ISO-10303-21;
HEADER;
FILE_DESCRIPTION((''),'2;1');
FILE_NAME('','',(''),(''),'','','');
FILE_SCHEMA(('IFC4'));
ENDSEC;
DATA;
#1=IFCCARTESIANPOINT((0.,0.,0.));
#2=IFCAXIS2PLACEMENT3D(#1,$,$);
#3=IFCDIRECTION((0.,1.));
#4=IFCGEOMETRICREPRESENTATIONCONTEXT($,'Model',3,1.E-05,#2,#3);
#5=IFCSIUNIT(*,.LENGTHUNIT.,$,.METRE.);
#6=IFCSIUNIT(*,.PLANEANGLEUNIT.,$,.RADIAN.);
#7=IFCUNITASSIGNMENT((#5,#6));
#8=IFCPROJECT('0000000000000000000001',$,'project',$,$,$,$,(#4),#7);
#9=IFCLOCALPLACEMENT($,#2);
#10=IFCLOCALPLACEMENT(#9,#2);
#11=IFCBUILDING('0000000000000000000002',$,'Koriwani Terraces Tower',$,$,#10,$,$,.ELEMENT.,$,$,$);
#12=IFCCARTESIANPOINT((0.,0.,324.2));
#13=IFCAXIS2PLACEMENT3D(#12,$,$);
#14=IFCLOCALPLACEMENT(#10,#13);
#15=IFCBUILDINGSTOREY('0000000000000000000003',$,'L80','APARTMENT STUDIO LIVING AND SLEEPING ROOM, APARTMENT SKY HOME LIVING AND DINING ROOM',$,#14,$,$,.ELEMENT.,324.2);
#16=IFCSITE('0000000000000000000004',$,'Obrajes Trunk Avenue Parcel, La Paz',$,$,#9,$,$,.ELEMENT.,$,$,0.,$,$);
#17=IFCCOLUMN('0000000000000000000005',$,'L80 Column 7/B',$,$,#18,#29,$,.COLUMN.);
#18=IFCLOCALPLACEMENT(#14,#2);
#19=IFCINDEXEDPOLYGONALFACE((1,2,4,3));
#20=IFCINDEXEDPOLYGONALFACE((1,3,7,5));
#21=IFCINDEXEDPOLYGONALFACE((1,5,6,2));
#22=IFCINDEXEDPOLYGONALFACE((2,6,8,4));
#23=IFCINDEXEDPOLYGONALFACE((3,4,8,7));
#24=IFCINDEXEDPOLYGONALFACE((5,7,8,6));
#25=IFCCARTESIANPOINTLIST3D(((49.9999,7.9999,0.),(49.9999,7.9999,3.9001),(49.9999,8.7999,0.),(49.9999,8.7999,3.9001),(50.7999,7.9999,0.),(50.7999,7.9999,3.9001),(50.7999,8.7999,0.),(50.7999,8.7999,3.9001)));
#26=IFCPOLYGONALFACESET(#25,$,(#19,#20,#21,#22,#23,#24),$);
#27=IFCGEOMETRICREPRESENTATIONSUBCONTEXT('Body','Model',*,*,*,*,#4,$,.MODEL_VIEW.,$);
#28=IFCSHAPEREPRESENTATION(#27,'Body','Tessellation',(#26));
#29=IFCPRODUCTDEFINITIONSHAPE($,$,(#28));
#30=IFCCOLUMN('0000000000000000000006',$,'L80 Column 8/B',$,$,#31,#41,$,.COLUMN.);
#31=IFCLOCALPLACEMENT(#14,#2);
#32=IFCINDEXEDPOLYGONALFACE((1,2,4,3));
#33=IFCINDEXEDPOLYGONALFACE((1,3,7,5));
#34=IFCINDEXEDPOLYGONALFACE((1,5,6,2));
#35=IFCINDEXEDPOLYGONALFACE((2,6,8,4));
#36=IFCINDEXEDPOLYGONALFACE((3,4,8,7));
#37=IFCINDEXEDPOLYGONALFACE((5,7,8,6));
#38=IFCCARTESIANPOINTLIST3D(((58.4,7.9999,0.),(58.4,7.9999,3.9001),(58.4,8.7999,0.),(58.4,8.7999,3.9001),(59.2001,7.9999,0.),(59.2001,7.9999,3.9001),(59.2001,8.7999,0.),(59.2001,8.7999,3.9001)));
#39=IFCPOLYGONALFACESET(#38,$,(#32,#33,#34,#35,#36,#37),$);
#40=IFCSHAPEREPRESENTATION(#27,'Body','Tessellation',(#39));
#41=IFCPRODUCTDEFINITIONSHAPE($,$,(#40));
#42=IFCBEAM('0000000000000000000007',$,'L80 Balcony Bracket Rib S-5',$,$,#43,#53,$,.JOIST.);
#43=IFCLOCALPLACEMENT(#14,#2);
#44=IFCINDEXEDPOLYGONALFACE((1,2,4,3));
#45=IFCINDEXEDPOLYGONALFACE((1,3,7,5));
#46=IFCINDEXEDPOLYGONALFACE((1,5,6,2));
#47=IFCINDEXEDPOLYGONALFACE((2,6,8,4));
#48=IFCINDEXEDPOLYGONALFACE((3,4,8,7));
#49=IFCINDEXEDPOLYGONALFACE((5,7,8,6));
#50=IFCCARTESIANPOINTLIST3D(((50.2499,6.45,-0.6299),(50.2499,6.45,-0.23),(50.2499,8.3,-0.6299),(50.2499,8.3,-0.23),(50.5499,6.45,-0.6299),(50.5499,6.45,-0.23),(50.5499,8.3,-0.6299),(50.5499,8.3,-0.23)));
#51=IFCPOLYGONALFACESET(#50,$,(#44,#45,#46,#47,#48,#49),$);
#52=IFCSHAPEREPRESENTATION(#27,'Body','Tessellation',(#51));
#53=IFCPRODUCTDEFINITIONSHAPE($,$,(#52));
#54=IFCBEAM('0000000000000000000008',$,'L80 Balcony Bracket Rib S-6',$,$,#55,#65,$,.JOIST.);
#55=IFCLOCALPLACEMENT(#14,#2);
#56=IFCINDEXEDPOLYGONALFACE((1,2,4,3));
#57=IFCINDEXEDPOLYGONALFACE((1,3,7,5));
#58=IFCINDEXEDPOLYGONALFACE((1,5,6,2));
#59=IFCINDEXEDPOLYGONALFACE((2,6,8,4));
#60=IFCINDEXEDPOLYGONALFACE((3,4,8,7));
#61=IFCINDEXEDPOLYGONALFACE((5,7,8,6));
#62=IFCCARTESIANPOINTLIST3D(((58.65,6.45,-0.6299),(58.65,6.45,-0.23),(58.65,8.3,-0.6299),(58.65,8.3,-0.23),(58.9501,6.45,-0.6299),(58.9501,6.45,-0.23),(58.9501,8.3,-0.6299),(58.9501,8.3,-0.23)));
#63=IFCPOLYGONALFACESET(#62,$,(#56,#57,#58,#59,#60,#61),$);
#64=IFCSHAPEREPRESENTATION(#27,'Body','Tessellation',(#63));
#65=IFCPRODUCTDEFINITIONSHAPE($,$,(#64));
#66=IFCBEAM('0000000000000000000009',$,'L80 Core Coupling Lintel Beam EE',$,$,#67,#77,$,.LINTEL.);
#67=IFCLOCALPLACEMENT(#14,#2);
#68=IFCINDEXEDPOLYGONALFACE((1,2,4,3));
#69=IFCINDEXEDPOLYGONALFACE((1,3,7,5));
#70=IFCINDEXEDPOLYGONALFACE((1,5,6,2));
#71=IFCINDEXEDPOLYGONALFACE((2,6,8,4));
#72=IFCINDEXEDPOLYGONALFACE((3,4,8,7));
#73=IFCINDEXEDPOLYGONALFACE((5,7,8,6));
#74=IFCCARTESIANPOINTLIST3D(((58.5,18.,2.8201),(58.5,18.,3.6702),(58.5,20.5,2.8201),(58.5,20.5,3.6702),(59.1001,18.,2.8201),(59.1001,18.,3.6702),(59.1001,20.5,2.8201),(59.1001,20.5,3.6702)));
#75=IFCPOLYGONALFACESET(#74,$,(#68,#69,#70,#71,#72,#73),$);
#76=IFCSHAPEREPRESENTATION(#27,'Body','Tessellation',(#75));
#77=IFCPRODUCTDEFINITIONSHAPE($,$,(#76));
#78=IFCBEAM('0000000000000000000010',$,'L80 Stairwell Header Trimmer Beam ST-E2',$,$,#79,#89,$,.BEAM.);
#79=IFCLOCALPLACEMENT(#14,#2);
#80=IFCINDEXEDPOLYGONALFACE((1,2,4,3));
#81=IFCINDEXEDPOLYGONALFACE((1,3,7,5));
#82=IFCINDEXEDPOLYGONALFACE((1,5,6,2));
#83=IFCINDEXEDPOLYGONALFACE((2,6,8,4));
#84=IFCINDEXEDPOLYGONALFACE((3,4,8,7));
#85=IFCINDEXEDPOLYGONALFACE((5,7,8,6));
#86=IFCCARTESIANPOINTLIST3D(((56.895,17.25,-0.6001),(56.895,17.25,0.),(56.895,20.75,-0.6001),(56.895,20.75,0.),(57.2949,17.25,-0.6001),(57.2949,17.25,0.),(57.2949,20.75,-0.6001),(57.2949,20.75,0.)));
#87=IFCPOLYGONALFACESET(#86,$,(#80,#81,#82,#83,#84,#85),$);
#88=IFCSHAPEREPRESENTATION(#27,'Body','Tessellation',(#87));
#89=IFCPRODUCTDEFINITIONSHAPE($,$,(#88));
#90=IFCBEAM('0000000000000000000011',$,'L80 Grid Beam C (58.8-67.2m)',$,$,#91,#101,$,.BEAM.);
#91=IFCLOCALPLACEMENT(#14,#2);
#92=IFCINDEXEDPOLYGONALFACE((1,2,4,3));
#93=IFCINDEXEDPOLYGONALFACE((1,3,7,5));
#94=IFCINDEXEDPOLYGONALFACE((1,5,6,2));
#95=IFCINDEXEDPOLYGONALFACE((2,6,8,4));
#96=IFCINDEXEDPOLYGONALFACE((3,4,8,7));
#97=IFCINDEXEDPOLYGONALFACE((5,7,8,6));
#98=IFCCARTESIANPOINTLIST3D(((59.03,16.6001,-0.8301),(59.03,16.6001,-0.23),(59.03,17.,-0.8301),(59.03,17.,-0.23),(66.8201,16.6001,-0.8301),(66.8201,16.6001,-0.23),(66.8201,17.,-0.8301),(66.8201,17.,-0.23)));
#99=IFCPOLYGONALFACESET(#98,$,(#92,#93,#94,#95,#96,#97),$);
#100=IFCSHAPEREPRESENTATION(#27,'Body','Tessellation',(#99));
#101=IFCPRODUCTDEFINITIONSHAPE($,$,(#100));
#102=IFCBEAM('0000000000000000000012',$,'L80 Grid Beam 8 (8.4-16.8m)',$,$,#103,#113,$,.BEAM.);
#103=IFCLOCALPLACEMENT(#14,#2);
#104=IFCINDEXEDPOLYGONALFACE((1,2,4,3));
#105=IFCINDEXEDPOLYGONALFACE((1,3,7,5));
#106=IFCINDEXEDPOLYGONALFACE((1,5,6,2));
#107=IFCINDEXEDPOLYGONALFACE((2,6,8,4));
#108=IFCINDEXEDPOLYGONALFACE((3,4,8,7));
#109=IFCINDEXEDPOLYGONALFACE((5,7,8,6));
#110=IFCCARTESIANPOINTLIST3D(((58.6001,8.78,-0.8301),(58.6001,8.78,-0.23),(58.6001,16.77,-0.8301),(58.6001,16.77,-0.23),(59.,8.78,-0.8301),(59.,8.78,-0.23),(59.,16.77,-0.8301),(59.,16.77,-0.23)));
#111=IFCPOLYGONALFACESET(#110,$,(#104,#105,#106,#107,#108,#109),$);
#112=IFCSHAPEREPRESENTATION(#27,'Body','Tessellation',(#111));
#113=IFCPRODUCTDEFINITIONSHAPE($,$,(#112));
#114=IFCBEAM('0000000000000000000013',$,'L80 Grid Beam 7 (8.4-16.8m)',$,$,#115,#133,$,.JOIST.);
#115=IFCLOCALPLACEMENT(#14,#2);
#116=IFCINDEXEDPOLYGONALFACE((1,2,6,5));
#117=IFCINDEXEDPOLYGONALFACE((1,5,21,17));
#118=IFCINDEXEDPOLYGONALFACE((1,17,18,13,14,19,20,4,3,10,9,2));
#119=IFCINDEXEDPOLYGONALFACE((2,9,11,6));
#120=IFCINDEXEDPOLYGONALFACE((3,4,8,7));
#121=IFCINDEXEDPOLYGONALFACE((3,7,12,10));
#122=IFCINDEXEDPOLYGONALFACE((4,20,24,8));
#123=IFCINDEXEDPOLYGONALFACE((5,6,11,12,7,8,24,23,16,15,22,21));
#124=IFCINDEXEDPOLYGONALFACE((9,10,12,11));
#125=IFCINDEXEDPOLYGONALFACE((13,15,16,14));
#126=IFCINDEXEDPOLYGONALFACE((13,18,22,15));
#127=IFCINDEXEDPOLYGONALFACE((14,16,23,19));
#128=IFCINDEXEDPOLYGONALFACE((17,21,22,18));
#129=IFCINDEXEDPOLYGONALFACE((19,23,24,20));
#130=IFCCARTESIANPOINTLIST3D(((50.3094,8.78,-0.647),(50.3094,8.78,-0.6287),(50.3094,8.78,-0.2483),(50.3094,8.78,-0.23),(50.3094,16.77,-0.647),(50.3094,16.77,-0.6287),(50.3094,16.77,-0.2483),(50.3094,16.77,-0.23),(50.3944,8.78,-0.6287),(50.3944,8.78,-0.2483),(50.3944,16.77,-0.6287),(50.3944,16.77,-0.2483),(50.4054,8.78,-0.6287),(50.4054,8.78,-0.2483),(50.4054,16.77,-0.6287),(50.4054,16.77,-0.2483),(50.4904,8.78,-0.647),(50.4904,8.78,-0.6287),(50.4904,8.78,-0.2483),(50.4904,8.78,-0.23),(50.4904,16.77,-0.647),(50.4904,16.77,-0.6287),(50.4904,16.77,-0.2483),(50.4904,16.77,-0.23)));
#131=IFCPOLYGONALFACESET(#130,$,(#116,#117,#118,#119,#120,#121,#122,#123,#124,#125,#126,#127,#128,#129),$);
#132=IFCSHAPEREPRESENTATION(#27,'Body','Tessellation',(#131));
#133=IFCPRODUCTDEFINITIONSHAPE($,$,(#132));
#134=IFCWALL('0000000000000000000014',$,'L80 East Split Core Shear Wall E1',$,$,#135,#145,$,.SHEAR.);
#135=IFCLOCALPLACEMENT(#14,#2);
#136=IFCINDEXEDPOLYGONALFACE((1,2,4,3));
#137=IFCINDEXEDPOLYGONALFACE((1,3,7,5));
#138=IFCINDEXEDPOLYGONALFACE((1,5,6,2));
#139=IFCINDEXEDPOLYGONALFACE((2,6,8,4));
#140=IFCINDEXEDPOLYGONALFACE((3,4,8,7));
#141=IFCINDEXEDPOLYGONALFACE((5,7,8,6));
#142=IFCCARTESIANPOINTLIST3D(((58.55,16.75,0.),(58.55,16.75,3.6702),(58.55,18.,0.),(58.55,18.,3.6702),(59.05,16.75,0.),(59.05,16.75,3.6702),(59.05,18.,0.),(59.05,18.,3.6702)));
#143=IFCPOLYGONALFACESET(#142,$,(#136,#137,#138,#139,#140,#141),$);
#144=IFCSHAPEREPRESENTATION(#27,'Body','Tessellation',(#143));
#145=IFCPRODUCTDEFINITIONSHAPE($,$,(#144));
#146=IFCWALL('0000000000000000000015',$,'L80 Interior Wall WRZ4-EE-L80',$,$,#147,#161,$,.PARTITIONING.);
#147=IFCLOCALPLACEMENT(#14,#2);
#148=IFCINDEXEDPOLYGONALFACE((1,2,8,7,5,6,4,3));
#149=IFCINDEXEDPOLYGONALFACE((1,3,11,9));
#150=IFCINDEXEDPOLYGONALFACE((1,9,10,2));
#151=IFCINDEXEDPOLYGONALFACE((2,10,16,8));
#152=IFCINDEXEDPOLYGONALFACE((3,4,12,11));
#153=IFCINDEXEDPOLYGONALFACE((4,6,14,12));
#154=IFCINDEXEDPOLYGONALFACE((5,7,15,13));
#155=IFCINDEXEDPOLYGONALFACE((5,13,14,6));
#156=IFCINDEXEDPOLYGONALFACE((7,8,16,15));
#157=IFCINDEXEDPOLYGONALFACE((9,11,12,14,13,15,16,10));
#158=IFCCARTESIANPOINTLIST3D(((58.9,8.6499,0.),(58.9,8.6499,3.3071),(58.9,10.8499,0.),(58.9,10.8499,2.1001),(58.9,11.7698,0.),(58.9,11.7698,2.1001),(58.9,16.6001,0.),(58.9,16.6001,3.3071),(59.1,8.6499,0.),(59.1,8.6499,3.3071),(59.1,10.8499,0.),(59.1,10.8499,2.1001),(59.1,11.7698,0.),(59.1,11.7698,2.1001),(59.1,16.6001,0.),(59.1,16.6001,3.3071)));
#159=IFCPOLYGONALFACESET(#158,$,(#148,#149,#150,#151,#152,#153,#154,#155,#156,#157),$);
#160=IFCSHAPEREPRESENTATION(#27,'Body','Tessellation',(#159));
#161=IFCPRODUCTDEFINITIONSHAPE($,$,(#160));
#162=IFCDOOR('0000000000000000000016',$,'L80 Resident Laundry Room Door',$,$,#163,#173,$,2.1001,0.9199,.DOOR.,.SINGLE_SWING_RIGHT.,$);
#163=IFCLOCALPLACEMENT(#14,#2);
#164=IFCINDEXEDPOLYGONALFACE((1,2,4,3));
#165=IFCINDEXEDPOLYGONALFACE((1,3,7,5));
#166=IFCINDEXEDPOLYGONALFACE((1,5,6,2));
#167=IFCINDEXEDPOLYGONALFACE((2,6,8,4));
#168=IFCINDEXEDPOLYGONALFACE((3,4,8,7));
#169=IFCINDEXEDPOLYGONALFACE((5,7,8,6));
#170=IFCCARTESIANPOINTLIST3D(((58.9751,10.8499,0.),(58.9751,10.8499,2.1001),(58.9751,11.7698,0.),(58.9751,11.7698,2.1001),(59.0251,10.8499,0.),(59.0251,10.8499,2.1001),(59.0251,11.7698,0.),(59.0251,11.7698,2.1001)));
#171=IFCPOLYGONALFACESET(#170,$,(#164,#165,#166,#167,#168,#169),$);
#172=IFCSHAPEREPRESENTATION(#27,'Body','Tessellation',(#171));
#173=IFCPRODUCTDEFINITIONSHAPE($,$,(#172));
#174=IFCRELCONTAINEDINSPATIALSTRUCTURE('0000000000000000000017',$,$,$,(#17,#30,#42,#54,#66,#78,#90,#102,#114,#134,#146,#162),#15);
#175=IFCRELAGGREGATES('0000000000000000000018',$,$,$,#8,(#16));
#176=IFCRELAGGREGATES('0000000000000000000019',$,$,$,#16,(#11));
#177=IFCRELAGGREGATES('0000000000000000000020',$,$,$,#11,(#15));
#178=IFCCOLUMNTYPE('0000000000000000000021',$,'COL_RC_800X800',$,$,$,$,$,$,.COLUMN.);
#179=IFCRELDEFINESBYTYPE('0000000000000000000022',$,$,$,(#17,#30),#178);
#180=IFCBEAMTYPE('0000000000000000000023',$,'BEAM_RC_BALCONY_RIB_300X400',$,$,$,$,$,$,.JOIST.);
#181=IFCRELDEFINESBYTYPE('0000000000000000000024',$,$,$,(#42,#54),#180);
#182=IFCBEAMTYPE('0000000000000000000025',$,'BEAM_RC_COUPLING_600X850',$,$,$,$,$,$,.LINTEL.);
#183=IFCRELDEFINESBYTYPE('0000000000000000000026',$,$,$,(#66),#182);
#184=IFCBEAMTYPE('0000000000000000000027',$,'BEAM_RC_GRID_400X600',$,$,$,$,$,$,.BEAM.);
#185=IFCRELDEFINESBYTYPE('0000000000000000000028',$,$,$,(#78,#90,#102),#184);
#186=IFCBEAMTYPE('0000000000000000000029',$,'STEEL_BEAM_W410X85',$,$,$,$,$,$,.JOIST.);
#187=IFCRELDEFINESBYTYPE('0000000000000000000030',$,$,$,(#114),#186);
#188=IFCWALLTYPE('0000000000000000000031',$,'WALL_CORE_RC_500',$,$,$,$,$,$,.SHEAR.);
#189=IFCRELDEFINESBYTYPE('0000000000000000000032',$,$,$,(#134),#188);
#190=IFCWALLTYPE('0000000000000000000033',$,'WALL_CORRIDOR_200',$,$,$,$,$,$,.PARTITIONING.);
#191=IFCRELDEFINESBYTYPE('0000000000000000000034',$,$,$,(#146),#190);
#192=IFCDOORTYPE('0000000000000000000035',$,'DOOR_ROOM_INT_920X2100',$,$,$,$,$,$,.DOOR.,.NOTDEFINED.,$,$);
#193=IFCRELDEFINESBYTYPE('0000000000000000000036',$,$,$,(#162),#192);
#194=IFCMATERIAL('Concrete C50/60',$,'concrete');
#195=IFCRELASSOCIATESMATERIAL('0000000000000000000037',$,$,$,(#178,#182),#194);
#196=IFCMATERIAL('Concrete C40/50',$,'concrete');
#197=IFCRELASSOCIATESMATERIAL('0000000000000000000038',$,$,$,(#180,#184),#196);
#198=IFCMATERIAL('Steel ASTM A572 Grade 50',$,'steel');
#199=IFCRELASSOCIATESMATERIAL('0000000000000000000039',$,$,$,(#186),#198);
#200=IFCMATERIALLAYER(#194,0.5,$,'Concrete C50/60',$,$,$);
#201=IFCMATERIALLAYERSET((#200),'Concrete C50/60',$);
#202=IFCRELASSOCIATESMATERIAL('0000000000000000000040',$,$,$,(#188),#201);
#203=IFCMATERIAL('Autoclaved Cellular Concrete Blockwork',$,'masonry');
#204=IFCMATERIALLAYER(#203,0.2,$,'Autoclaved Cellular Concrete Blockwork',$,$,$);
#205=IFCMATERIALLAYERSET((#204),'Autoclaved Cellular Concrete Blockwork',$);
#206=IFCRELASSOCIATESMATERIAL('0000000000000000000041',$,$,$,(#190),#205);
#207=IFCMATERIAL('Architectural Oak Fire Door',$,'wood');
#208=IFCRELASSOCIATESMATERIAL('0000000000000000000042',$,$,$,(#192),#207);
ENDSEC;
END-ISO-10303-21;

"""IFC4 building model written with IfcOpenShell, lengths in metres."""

from ifc_helpers import new_model, si_unit, direction, frame, frame_2d, origin, origin_2d, place, context, subcontext, project, spatial, rectangle, i_section, extrude, material, layer, layer_set, material_profile, profile_set, type_object, element, fill, save


model = new_model("IFC4")

# Units and contexts
model_context = context("Model", 3, precision=1e-05, world=origin(), true_north=direction((0.0, 1.0)))
body_context = subcontext(model_context, "Body", "Model", "MODEL_VIEW")
ifc_project = project(units=[si_unit("LENGTHUNIT", "METRE"), si_unit("PLANEANGLEUNIT", "RADIAN")], contexts=[model_context])

# Site, building, storey
site_placement = place(None, origin())
site = spatial("IfcSite", under=ifc_project, at=site_placement, Name="Obrajes Trunk Avenue Parcel, La Paz", CompositionType="ELEMENT", RefElevation=0.0)
building_placement = place(site_placement, origin())
building = spatial("IfcBuilding", under=site, at=building_placement, Name="Koriwani Terraces Tower", CompositionType="ELEMENT")
storey_placement = place(building_placement, frame((0.0, 0.0, 324.2)))
storey = spatial("IfcBuildingStorey", under=building, at=storey_placement, Name="L80", Description="APARTMENT STUDIO LIVING AND SLEEPING ROOM, APARTMENT SKY HOME LIVING AND DINING ROOM", CompositionType="ELEMENT", Elevation=324.2)

# Columns
ifc_material_1 = material(Name="Concrete C50/60", Category="concrete")
ifc_material_profile_1 = material_profile(ifc_material_1, rectangle(XDim=0.8, YDim=0.8, at=origin_2d()), Name="Concrete C50/60", Category="LoadBearing")
ifc_profile_set_1 = profile_set([ifc_material_profile_1], Name="Concrete C50/60")
column_type = type_object("IfcColumnType", Name="COL_RC_800X800", PredefinedType="COLUMN", material=ifc_profile_set_1)
for number, where, z_axis, x_axis, name in (
    (1, (50.3999, 8.3999, 0.0), (0.0, 0.0, 1.0), (1.0, 0.0, 0.0), "L80 Column 7/B"),
    (2, (58.8, 8.3999, 0.0), (0.0, 0.0, 1.0), (1.0, 0.0, 0.0), "L80 Column 8/B"),
):
    element("IfcColumn", number, at=place(storey_placement, frame(where, z_axis=z_axis, x_axis=x_axis)), inside=storey, type_object=column_type, Name=name, PredefinedType="COLUMN", context=body_context, shape_type="SweptSolid", body=[
        extrude(rectangle(XDim=0.8, YDim=0.8, at=origin_2d()), origin(), (0.0, 0.0, 1.0), 3.9001),
    ])

# Beams
ifc_material_2 = material(Name="Concrete C40/50", Category="concrete")
ifc_material_profile_2 = material_profile(ifc_material_2, rectangle(XDim=0.3, YDim=0.3999, at=origin_2d()), Name="Concrete C40/50", Category="LoadBearing")
ifc_profile_set_2 = profile_set([ifc_material_profile_2], Name="Concrete C40/50")
beam_type_1 = type_object("IfcBeamType", Name="BEAM_RC_BALCONY_RIB_300X400", PredefinedType="JOIST", material=ifc_profile_set_2)
for number, where, z_axis, x_axis, name in (
    (3, (50.3999, 6.45, -0.4299), (0.0, 1.0, 0.0), (-1.0, 0.0, 0.0), "L80 Balcony Bracket Rib S-5"),
    (4, (58.8, 6.45, -0.4299), (0.0, 1.0, 0.0), (-1.0, 0.0, 0.0), "L80 Balcony Bracket Rib S-6"),
):
    element("IfcBeam", number, at=place(storey_placement, frame(where, z_axis=z_axis, x_axis=x_axis)), inside=storey, type_object=beam_type_1, Name=name, PredefinedType="JOIST", context=body_context, shape_type="SweptSolid", body=[
        extrude(rectangle(XDim=0.3, YDim=0.3999, at=origin_2d()), origin(), (0.0, 0.0, 1.0), 1.8501),
    ])
ifc_material_profile_3 = material_profile(ifc_material_1, rectangle(XDim=0.6001, YDim=0.8501, at=origin_2d()), Name="Concrete C50/60", Category="LoadBearing")
ifc_profile_set_3 = profile_set([ifc_material_profile_3], Name="Concrete C50/60")
beam_type_2 = type_object("IfcBeamType", Name="BEAM_RC_COUPLING_600X850", PredefinedType="LINTEL", material=ifc_profile_set_3)
beam_1_placement = place(storey_placement, frame((58.8, 18.0, 3.2451), z_axis=(0.0, 1.0, 0.0), x_axis=(-1.0, 0.0, 0.0)))
element("IfcBeam", 5, at=beam_1_placement, inside=storey, type_object=beam_type_2, Name="L80 Core Coupling Lintel Beam EE", PredefinedType="LINTEL", context=body_context, shape_type="SweptSolid", body=[
    extrude(rectangle(XDim=0.6001, YDim=0.8501, at=origin_2d()), origin(), (0.0, 0.0, 1.0), 2.5),
])
ifc_material_profile_4 = material_profile(ifc_material_2, rectangle(XDim=0.3999, YDim=0.6001, at=origin_2d()), Name="Concrete C40/50", Category="LoadBearing")
ifc_profile_set_4 = profile_set([ifc_material_profile_4], Name="Concrete C40/50")
beam_type_3 = type_object("IfcBeamType", Name="BEAM_RC_GRID_400X600", PredefinedType="BEAM", material=ifc_profile_set_4)
beam_2_placement = place(storey_placement, frame((57.095, 17.25, -0.3), z_axis=(0.0, 1.0, 0.0), x_axis=(-1.0, 0.0, 0.0)))
element("IfcBeam", 6, at=beam_2_placement, inside=storey, type_object=beam_type_3, Name="L80 Stairwell Header Trimmer Beam ST-E2", PredefinedType="BEAM", context=body_context, shape_type="SweptSolid", body=[
    extrude(rectangle(XDim=0.3999, YDim=0.6001, at=origin_2d()), origin(), (0.0, 0.0, 1.0), 3.5),
])
beam_3_placement = place(storey_placement, frame((59.03, 16.8, -0.53), z_axis=(1.0, 0.0, 0.0), x_axis=(0.0, 1.0, 0.0)))
element("IfcBeam", 7, at=beam_3_placement, inside=storey, type_object=beam_type_3, Name="L80 Grid Beam C (58.8-67.2m)", PredefinedType="BEAM", context=body_context, shape_type="SweptSolid", body=[
    extrude(rectangle(XDim=0.3999, YDim=0.6001, at=origin_2d()), origin(), (0.0, 0.0, 1.0), 7.79),
])
beam_4_placement = place(storey_placement, frame((58.8, 8.78, -0.53), z_axis=(0.0, 1.0, 0.0), x_axis=(-1.0, 0.0, 0.0)))
element("IfcBeam", 8, at=beam_4_placement, inside=storey, type_object=beam_type_3, Name="L80 Grid Beam 8 (8.4-16.8m)", PredefinedType="BEAM", context=body_context, shape_type="SweptSolid", body=[
    extrude(rectangle(XDim=0.3999, YDim=0.6001, at=origin_2d()), origin(), (0.0, 0.0, 1.0), 7.99),
])
ifc_material_3 = material(Name="Steel ASTM A572 Grade 50", Category="steel")
ifc_material_profile_5 = material_profile(ifc_material_3, i_section(OverallWidth=0.1809, OverallDepth=0.417, WebThickness=0.011, FlangeThickness=0.0183, at=origin_2d()), Name="Steel ASTM A572 Grade 50", Category="LoadBearing")
ifc_profile_set_5 = profile_set([ifc_material_profile_5], Name="Steel ASTM A572 Grade 50")
beam_type_4 = type_object("IfcBeamType", Name="STEEL_BEAM_W410X85", PredefinedType="JOIST", material=ifc_profile_set_5)
beam_5_placement = place(storey_placement, frame((50.3999, 8.78, -0.4385), z_axis=(0.0, 1.0, 0.0), x_axis=(-1.0, 0.0, 0.0)))
element("IfcBeam", 9, at=beam_5_placement, inside=storey, type_object=beam_type_4, Name="L80 Grid Beam 7 (8.4-16.8m)", PredefinedType="JOIST", context=body_context, shape_type="SweptSolid", body=[
    extrude(i_section(OverallWidth=0.1809, OverallDepth=0.417, WebThickness=0.011, FlangeThickness=0.0183, at=origin_2d()), origin(), (0.0, 0.0, 1.0), 7.99),
])

# Wall
ifc_layer_1 = layer(ifc_material_1, 0.5, Name="Concrete C50/60")
ifc_layer_set_1 = layer_set([ifc_layer_1], Name="Concrete C50/60")
wall_type_1 = type_object("IfcWallType", Name="WALL_CORE_RC_500", PredefinedType="SHEAR", material=ifc_layer_set_1)
wall_1_placement = place(storey_placement, frame((58.8, 16.75, 0.0), z_axis=(0.0, 0.0, 1.0), x_axis=(0.0, 1.0, 0.0)))
element("IfcWall", 10, at=wall_1_placement, inside=storey, type_object=wall_type_1, Name="L80 East Split Core Shear Wall E1", PredefinedType="SHEAR", context=body_context, shape_type="SweptSolid", body=[
    extrude(rectangle(XDim=1.25, YDim=0.5, at=frame_2d((0.625, 0.0))), origin(), (0.0, 0.0, 1.0), 3.6702),
])

# Wall, opening, door
ifc_material_4 = material(Name="Autoclaved Cellular Concrete Blockwork", Category="masonry")
ifc_layer_2 = layer(ifc_material_4, 0.2, Name="Autoclaved Cellular Concrete Blockwork")
ifc_layer_set_2 = layer_set([ifc_layer_2], Name="Autoclaved Cellular Concrete Blockwork")
wall_type_2 = type_object("IfcWallType", Name="WALL_CORRIDOR_200", PredefinedType="PARTITIONING", material=ifc_layer_set_2)
wall_2_placement = place(storey_placement, frame((59.0, 8.6499, 0.0), z_axis=(0.0, 0.0, 1.0), x_axis=(0.0, 1.0, 0.0)))
wall_2 = element("IfcWall", 11, at=wall_2_placement, inside=storey, type_object=wall_type_2, Name="L80 Interior Wall WRZ4-EE-L80", PredefinedType="PARTITIONING", context=body_context, shape_type="SweptSolid", body=[
    extrude(rectangle(XDim=7.9502, YDim=0.2, at=frame_2d((3.9751, 0.0))), origin(), (0.0, 0.0, 1.0), 3.3071),
])
opening_1_placement = place(wall_2_placement, frame((2.2, 0.0, 0.0)))
opening_1 = element("IfcOpeningElement", 12, at=opening_1_placement, cuts=wall_2, PredefinedType="OPENING", context=body_context, shape_type="SweptSolid", body=[
    extrude(rectangle(XDim=0.9199, YDim=2.1001, at=frame_2d((0.46, 1.05))), frame((0.0, 0.1099, 0.0), z_axis=(0.0, -1.0, 0.0), x_axis=(1.0, 0.0, 0.0)), (0.0, 0.0, 1.0), 0.22),
])
ifc_material_5 = material(Name="Architectural Oak Fire Door", Category="wood")
door_type_1 = type_object("IfcDoorType", Name="DOOR_ROOM_INT_920X2100", OperationType="NOTDEFINED", PredefinedType="DOOR", material=ifc_material_5)
door_1_placement = place(opening_1_placement, origin())
door_1 = element("IfcDoor", 13, at=door_1_placement, inside=storey, type_object=door_type_1, Name="L80 Resident Laundry Room Door", OperationType="SINGLE_SWING_RIGHT", OverallHeight=2.1001, OverallWidth=0.9199, PredefinedType="DOOR", context=body_context, shape_type="SweptSolid", body=[
    extrude(rectangle(XDim=0.9199, YDim=2.1001, at=frame_2d((0.46, 1.05))), frame((0.0, 0.0249, 0.0), z_axis=(0.0, -1.0, 0.0), x_axis=(1.0, 0.0, 0.0)), (0.0, 0.0, 1.0), 0.05),
])
fill(opening_1, door_1)

save(model, "model.ifc")
